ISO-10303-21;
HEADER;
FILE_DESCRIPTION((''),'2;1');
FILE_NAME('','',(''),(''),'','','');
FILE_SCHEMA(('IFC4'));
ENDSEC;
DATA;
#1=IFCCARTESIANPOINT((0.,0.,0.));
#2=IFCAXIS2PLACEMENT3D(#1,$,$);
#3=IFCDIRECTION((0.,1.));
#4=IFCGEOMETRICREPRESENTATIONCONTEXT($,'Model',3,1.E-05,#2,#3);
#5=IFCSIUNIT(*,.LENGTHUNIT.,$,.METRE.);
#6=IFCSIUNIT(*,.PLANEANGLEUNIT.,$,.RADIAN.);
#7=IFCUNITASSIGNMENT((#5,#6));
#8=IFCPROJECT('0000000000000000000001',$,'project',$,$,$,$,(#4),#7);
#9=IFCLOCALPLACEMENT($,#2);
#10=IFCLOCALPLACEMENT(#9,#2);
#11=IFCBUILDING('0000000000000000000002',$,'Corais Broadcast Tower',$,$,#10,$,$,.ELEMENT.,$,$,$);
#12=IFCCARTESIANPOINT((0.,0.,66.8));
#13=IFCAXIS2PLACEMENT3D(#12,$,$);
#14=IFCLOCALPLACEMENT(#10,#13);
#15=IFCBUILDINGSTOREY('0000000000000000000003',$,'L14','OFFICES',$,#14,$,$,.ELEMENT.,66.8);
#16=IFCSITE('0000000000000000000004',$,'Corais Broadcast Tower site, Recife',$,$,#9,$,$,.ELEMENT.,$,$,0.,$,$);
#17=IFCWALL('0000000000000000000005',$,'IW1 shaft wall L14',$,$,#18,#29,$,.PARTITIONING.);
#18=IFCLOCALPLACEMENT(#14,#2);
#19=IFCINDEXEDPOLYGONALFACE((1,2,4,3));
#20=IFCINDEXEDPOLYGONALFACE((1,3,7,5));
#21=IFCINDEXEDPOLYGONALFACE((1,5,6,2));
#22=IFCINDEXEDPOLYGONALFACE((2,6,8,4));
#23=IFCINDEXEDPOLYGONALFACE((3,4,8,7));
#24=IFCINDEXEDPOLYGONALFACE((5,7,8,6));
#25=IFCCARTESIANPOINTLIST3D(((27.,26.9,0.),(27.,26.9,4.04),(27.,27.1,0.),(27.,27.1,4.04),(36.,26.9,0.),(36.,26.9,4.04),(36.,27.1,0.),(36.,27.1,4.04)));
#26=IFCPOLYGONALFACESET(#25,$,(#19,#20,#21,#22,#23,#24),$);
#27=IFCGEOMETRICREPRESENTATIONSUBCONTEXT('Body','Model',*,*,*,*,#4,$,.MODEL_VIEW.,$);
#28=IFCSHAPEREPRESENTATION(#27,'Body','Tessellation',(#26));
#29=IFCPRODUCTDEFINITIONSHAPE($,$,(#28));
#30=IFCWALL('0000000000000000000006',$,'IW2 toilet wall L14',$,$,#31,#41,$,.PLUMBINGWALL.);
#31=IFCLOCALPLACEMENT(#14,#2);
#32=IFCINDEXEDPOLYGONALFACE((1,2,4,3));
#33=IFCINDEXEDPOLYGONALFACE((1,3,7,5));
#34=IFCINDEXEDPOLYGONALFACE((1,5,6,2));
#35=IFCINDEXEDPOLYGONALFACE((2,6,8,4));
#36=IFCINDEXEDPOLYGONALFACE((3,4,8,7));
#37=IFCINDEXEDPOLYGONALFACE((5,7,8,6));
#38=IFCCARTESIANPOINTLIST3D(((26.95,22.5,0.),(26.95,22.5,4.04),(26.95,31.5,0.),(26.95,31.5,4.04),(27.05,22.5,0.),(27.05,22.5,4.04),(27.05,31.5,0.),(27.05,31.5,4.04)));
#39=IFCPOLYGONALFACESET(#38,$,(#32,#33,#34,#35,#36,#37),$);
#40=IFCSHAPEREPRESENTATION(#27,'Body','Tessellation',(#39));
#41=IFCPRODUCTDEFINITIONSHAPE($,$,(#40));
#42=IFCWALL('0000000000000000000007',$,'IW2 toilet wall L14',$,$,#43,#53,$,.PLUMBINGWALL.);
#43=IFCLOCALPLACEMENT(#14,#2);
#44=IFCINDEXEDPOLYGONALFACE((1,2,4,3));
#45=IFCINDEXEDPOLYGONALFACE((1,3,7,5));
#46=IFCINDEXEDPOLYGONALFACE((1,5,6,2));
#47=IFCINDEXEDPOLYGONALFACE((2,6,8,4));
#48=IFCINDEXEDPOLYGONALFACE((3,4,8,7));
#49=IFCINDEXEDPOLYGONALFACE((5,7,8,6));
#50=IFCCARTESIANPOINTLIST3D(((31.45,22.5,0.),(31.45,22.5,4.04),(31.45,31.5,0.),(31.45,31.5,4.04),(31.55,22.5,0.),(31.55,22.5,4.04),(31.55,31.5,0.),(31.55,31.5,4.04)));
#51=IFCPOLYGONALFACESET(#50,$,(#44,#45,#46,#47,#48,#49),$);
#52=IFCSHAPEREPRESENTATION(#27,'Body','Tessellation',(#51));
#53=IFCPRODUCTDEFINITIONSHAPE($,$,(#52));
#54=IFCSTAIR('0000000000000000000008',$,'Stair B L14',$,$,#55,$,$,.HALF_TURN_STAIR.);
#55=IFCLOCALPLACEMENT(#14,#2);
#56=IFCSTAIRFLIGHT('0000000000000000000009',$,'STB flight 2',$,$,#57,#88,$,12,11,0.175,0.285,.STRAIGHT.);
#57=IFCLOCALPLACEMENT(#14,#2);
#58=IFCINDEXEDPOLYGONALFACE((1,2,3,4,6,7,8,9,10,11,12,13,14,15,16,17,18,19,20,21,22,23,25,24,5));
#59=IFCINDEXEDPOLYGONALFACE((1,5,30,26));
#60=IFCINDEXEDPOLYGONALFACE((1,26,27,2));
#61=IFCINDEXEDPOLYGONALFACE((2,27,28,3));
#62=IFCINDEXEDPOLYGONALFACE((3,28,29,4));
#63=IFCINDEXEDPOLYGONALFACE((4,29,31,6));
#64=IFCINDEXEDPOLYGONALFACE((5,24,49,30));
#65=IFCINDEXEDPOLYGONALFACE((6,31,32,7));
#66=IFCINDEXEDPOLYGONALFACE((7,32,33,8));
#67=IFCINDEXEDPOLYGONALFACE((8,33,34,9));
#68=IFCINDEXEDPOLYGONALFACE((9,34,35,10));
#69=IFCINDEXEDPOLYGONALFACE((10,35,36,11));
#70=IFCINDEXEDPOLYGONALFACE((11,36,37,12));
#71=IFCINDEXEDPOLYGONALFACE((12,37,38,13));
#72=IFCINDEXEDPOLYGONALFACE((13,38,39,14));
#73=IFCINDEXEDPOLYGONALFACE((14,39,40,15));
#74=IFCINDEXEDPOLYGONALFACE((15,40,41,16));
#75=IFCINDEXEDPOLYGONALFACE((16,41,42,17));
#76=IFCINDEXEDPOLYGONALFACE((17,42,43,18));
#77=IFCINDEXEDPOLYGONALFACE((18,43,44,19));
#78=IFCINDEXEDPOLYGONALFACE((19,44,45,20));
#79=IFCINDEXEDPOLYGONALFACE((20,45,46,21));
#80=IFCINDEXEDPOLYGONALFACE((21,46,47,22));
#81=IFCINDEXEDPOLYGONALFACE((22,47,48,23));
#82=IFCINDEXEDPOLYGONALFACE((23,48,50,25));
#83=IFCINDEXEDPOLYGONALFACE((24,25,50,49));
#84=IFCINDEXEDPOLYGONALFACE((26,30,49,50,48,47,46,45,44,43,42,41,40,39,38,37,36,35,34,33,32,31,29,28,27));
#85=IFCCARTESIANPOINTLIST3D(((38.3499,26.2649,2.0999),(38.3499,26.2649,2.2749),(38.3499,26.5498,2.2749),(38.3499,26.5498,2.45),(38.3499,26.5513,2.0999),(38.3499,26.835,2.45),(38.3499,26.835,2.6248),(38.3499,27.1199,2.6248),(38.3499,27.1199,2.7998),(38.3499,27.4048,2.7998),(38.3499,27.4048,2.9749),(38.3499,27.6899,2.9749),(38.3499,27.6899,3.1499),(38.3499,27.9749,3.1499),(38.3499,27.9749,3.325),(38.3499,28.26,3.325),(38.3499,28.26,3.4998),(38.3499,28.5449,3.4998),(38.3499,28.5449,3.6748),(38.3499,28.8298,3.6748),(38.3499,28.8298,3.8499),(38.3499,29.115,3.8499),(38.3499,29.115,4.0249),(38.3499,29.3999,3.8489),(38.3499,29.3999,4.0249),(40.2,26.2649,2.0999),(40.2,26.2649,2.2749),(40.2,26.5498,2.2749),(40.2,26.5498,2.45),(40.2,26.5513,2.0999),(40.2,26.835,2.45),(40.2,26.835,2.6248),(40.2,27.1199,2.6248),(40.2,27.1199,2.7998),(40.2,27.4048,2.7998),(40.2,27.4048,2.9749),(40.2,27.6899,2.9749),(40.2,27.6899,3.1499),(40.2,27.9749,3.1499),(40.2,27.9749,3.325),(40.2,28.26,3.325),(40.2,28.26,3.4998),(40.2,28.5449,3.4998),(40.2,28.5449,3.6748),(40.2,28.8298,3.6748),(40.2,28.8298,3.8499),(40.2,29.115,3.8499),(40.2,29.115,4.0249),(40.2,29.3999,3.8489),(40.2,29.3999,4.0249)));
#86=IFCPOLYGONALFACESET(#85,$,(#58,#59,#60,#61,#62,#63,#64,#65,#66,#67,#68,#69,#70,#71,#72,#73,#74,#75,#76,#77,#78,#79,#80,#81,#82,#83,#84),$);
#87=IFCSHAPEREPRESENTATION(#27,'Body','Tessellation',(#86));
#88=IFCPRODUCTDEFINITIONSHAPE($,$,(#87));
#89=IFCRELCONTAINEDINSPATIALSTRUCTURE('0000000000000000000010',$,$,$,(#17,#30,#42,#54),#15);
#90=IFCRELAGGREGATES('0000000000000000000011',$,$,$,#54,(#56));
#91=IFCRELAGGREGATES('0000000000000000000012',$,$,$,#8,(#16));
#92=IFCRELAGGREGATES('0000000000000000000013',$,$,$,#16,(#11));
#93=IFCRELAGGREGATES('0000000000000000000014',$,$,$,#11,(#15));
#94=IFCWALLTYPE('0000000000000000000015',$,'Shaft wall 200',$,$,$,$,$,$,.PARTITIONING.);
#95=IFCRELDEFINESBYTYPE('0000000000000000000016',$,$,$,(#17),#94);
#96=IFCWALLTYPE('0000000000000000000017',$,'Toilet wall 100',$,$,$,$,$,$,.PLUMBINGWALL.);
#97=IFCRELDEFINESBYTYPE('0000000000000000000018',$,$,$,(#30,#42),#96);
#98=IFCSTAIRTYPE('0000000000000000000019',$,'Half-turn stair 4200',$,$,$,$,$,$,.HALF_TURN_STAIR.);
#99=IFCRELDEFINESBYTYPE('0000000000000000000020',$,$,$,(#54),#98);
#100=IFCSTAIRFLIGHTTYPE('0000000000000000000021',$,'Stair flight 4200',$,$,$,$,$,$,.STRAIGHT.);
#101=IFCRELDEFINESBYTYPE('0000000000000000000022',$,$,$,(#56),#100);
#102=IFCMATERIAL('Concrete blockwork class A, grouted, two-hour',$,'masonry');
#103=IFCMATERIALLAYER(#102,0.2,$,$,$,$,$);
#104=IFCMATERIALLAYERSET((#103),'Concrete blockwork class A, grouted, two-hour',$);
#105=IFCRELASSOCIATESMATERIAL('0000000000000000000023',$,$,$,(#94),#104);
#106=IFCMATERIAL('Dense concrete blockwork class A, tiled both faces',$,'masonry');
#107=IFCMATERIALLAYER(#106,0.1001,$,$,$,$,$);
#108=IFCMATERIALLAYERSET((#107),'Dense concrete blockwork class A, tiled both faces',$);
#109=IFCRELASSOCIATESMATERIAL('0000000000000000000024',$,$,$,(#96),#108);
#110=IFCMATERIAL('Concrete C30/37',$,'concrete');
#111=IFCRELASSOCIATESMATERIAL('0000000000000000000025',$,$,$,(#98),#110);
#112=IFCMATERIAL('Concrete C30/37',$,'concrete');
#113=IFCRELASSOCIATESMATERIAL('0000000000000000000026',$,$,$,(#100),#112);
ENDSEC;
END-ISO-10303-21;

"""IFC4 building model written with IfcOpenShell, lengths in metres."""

from ifc_helpers import new_model, si_unit, direction, frame, frame_2d, origin, place, context, subcontext, project, spatial, polyline, rectangle, outline, extrude, material, layer, layer_set, type_object, element, aggregate, save


model = new_model("IFC4")

# Units and contexts
model_context = context("Model", 3, precision=1e-05, world=origin(), true_north=direction((0.0, 1.0)))
body_context = subcontext(model_context, "Body", "Model", "MODEL_VIEW")
ifc_project = project(units=[si_unit("LENGTHUNIT", "METRE"), si_unit("PLANEANGLEUNIT", "RADIAN")], contexts=[model_context])

# Site, building, storey
site_placement = place(None, origin())
site = spatial("IfcSite", under=ifc_project, at=site_placement, Name="Corais Broadcast Tower site, Recife", CompositionType="ELEMENT", RefElevation=0.0)
building_placement = place(site_placement, origin())
building = spatial("IfcBuilding", under=site, at=building_placement, Name="Corais Broadcast Tower", CompositionType="ELEMENT")
storey_placement = place(building_placement, frame((0.0, 0.0, 66.8)))
storey = spatial("IfcBuildingStorey", under=building, at=storey_placement, Name="L14", Description="OFFICES", CompositionType="ELEMENT", Elevation=66.8)

# Walls
ifc_material_1 = material(Name="Concrete blockwork class A, grouted, two-hour", Category="masonry")
ifc_layer_1 = layer(ifc_material_1, 0.2)
ifc_layer_set_1 = layer_set([ifc_layer_1], Name="Concrete blockwork class A, grouted, two-hour")
wall_type_1 = type_object("IfcWallType", Name="Shaft wall 200", PredefinedType="PARTITIONING", material=ifc_layer_set_1)
wall_1_placement = place(storey_placement, frame((27.0, 27.0, 0.0), z_axis=(0.0, 0.0, 1.0), x_axis=(1.0, 0.0, 0.0)))
element("IfcWall", 1, at=wall_1_placement, inside=storey, type_object=wall_type_1, Name="IW1 shaft wall L14", PredefinedType="PARTITIONING", context=body_context, shape_type="SweptSolid", body=[
    extrude(rectangle(XDim=9.0, YDim=0.2, at=frame_2d((4.5, 0.0))), origin(), (0.0, 0.0, 1.0), 4.04),
])
ifc_material_2 = material(Name="Dense concrete blockwork class A, tiled both faces", Category="masonry")
ifc_layer_2 = layer(ifc_material_2, 0.1001)
ifc_layer_set_2 = layer_set([ifc_layer_2], Name="Dense concrete blockwork class A, tiled both faces")
wall_type_2 = type_object("IfcWallType", Name="Toilet wall 100", PredefinedType="PLUMBINGWALL", material=ifc_layer_set_2)
for number, where, z_axis, x_axis, name in (
    (2, (27.0, 22.5, 0.0), (0.0, 0.0, 1.0), (0.0, 1.0, 0.0), "IW2 toilet wall L14"),
    (3, (31.5, 22.5, 0.0), (0.0, 0.0, 1.0), (0.0, 1.0, 0.0), "IW2 toilet wall L14"),
):
    element("IfcWall", number, at=place(storey_placement, frame(where, z_axis=z_axis, x_axis=x_axis)), inside=storey, type_object=wall_type_2, Name=name, PredefinedType="PLUMBINGWALL", context=body_context, shape_type="SweptSolid", body=[
        extrude(rectangle(XDim=9.0, YDim=0.1001, at=frame_2d((4.5, 0.0))), origin(), (0.0, 0.0, 1.0), 4.04),
    ])

# Stair, stair flight
ifc_material_3 = material(Name="Concrete C30/37", Category="concrete")
stair_type = type_object("IfcStairType", Name="Half-turn stair 4200", PredefinedType="HALF_TURN_STAIR", material=ifc_material_3)
stair_placement = place(storey_placement, origin())
stair = element("IfcStair", 4, at=stair_placement, inside=storey, type_object=stair_type, Name="Stair B L14", PredefinedType="HALF_TURN_STAIR")
ifc_material_4 = material(Name="Concrete C30/37", Category="concrete")
stair_flight_type = type_object("IfcStairFlightType", Name="Stair flight 4200", PredefinedType="STRAIGHT", material=ifc_material_4)
stair_flight_placement = place(storey_placement, frame((39.2749, 26.2649, 2.0999), z_axis=(0.0, 0.0, 1.0), x_axis=(0.0, 1.0, 0.0)))
stair_flight = element("IfcStairFlight", 5, at=stair_flight_placement, type_object=stair_flight_type, Name="STB flight 2", NumberOfRisers=12, NumberOfTreads=11, PredefinedType="STRAIGHT", RiserHeight=0.175, TreadLength=0.285, context=body_context, shape_type="SweptSolid", body=[
    extrude(outline(polyline([(0.0, 0.0), (0.0, 0.175), (0.2849, 0.175), (0.2849, 0.3501), (0.5701, 0.3501), (0.5701, 0.5249), (0.855, 0.5249), (0.855, 0.7), (1.1399, 0.7), (1.1399, 0.875), (1.425, 0.875), (1.425, 1.05), (1.71, 1.05), (1.71, 1.2251), (1.9951, 1.2251), (1.9951, 1.3999), (2.28, 1.3999), (2.28, 1.575), (2.5649, 1.575), (2.5649, 1.75), (2.8501, 1.75), (2.8501, 1.925), (3.135, 1.925), (3.135, 2.1001), (3.135, 1.749), (0.2864, 0.0), (0.0, 0.0)])), frame((0.0, 0.925, 0.0), z_axis=(0.0, -1.0, 0.0), x_axis=(1.0, 0.0, 0.0)), (0.0, 0.0, 1.0), 1.8501),
])
aggregate(stair, [stair_flight])

save(model, "model.ifc")
